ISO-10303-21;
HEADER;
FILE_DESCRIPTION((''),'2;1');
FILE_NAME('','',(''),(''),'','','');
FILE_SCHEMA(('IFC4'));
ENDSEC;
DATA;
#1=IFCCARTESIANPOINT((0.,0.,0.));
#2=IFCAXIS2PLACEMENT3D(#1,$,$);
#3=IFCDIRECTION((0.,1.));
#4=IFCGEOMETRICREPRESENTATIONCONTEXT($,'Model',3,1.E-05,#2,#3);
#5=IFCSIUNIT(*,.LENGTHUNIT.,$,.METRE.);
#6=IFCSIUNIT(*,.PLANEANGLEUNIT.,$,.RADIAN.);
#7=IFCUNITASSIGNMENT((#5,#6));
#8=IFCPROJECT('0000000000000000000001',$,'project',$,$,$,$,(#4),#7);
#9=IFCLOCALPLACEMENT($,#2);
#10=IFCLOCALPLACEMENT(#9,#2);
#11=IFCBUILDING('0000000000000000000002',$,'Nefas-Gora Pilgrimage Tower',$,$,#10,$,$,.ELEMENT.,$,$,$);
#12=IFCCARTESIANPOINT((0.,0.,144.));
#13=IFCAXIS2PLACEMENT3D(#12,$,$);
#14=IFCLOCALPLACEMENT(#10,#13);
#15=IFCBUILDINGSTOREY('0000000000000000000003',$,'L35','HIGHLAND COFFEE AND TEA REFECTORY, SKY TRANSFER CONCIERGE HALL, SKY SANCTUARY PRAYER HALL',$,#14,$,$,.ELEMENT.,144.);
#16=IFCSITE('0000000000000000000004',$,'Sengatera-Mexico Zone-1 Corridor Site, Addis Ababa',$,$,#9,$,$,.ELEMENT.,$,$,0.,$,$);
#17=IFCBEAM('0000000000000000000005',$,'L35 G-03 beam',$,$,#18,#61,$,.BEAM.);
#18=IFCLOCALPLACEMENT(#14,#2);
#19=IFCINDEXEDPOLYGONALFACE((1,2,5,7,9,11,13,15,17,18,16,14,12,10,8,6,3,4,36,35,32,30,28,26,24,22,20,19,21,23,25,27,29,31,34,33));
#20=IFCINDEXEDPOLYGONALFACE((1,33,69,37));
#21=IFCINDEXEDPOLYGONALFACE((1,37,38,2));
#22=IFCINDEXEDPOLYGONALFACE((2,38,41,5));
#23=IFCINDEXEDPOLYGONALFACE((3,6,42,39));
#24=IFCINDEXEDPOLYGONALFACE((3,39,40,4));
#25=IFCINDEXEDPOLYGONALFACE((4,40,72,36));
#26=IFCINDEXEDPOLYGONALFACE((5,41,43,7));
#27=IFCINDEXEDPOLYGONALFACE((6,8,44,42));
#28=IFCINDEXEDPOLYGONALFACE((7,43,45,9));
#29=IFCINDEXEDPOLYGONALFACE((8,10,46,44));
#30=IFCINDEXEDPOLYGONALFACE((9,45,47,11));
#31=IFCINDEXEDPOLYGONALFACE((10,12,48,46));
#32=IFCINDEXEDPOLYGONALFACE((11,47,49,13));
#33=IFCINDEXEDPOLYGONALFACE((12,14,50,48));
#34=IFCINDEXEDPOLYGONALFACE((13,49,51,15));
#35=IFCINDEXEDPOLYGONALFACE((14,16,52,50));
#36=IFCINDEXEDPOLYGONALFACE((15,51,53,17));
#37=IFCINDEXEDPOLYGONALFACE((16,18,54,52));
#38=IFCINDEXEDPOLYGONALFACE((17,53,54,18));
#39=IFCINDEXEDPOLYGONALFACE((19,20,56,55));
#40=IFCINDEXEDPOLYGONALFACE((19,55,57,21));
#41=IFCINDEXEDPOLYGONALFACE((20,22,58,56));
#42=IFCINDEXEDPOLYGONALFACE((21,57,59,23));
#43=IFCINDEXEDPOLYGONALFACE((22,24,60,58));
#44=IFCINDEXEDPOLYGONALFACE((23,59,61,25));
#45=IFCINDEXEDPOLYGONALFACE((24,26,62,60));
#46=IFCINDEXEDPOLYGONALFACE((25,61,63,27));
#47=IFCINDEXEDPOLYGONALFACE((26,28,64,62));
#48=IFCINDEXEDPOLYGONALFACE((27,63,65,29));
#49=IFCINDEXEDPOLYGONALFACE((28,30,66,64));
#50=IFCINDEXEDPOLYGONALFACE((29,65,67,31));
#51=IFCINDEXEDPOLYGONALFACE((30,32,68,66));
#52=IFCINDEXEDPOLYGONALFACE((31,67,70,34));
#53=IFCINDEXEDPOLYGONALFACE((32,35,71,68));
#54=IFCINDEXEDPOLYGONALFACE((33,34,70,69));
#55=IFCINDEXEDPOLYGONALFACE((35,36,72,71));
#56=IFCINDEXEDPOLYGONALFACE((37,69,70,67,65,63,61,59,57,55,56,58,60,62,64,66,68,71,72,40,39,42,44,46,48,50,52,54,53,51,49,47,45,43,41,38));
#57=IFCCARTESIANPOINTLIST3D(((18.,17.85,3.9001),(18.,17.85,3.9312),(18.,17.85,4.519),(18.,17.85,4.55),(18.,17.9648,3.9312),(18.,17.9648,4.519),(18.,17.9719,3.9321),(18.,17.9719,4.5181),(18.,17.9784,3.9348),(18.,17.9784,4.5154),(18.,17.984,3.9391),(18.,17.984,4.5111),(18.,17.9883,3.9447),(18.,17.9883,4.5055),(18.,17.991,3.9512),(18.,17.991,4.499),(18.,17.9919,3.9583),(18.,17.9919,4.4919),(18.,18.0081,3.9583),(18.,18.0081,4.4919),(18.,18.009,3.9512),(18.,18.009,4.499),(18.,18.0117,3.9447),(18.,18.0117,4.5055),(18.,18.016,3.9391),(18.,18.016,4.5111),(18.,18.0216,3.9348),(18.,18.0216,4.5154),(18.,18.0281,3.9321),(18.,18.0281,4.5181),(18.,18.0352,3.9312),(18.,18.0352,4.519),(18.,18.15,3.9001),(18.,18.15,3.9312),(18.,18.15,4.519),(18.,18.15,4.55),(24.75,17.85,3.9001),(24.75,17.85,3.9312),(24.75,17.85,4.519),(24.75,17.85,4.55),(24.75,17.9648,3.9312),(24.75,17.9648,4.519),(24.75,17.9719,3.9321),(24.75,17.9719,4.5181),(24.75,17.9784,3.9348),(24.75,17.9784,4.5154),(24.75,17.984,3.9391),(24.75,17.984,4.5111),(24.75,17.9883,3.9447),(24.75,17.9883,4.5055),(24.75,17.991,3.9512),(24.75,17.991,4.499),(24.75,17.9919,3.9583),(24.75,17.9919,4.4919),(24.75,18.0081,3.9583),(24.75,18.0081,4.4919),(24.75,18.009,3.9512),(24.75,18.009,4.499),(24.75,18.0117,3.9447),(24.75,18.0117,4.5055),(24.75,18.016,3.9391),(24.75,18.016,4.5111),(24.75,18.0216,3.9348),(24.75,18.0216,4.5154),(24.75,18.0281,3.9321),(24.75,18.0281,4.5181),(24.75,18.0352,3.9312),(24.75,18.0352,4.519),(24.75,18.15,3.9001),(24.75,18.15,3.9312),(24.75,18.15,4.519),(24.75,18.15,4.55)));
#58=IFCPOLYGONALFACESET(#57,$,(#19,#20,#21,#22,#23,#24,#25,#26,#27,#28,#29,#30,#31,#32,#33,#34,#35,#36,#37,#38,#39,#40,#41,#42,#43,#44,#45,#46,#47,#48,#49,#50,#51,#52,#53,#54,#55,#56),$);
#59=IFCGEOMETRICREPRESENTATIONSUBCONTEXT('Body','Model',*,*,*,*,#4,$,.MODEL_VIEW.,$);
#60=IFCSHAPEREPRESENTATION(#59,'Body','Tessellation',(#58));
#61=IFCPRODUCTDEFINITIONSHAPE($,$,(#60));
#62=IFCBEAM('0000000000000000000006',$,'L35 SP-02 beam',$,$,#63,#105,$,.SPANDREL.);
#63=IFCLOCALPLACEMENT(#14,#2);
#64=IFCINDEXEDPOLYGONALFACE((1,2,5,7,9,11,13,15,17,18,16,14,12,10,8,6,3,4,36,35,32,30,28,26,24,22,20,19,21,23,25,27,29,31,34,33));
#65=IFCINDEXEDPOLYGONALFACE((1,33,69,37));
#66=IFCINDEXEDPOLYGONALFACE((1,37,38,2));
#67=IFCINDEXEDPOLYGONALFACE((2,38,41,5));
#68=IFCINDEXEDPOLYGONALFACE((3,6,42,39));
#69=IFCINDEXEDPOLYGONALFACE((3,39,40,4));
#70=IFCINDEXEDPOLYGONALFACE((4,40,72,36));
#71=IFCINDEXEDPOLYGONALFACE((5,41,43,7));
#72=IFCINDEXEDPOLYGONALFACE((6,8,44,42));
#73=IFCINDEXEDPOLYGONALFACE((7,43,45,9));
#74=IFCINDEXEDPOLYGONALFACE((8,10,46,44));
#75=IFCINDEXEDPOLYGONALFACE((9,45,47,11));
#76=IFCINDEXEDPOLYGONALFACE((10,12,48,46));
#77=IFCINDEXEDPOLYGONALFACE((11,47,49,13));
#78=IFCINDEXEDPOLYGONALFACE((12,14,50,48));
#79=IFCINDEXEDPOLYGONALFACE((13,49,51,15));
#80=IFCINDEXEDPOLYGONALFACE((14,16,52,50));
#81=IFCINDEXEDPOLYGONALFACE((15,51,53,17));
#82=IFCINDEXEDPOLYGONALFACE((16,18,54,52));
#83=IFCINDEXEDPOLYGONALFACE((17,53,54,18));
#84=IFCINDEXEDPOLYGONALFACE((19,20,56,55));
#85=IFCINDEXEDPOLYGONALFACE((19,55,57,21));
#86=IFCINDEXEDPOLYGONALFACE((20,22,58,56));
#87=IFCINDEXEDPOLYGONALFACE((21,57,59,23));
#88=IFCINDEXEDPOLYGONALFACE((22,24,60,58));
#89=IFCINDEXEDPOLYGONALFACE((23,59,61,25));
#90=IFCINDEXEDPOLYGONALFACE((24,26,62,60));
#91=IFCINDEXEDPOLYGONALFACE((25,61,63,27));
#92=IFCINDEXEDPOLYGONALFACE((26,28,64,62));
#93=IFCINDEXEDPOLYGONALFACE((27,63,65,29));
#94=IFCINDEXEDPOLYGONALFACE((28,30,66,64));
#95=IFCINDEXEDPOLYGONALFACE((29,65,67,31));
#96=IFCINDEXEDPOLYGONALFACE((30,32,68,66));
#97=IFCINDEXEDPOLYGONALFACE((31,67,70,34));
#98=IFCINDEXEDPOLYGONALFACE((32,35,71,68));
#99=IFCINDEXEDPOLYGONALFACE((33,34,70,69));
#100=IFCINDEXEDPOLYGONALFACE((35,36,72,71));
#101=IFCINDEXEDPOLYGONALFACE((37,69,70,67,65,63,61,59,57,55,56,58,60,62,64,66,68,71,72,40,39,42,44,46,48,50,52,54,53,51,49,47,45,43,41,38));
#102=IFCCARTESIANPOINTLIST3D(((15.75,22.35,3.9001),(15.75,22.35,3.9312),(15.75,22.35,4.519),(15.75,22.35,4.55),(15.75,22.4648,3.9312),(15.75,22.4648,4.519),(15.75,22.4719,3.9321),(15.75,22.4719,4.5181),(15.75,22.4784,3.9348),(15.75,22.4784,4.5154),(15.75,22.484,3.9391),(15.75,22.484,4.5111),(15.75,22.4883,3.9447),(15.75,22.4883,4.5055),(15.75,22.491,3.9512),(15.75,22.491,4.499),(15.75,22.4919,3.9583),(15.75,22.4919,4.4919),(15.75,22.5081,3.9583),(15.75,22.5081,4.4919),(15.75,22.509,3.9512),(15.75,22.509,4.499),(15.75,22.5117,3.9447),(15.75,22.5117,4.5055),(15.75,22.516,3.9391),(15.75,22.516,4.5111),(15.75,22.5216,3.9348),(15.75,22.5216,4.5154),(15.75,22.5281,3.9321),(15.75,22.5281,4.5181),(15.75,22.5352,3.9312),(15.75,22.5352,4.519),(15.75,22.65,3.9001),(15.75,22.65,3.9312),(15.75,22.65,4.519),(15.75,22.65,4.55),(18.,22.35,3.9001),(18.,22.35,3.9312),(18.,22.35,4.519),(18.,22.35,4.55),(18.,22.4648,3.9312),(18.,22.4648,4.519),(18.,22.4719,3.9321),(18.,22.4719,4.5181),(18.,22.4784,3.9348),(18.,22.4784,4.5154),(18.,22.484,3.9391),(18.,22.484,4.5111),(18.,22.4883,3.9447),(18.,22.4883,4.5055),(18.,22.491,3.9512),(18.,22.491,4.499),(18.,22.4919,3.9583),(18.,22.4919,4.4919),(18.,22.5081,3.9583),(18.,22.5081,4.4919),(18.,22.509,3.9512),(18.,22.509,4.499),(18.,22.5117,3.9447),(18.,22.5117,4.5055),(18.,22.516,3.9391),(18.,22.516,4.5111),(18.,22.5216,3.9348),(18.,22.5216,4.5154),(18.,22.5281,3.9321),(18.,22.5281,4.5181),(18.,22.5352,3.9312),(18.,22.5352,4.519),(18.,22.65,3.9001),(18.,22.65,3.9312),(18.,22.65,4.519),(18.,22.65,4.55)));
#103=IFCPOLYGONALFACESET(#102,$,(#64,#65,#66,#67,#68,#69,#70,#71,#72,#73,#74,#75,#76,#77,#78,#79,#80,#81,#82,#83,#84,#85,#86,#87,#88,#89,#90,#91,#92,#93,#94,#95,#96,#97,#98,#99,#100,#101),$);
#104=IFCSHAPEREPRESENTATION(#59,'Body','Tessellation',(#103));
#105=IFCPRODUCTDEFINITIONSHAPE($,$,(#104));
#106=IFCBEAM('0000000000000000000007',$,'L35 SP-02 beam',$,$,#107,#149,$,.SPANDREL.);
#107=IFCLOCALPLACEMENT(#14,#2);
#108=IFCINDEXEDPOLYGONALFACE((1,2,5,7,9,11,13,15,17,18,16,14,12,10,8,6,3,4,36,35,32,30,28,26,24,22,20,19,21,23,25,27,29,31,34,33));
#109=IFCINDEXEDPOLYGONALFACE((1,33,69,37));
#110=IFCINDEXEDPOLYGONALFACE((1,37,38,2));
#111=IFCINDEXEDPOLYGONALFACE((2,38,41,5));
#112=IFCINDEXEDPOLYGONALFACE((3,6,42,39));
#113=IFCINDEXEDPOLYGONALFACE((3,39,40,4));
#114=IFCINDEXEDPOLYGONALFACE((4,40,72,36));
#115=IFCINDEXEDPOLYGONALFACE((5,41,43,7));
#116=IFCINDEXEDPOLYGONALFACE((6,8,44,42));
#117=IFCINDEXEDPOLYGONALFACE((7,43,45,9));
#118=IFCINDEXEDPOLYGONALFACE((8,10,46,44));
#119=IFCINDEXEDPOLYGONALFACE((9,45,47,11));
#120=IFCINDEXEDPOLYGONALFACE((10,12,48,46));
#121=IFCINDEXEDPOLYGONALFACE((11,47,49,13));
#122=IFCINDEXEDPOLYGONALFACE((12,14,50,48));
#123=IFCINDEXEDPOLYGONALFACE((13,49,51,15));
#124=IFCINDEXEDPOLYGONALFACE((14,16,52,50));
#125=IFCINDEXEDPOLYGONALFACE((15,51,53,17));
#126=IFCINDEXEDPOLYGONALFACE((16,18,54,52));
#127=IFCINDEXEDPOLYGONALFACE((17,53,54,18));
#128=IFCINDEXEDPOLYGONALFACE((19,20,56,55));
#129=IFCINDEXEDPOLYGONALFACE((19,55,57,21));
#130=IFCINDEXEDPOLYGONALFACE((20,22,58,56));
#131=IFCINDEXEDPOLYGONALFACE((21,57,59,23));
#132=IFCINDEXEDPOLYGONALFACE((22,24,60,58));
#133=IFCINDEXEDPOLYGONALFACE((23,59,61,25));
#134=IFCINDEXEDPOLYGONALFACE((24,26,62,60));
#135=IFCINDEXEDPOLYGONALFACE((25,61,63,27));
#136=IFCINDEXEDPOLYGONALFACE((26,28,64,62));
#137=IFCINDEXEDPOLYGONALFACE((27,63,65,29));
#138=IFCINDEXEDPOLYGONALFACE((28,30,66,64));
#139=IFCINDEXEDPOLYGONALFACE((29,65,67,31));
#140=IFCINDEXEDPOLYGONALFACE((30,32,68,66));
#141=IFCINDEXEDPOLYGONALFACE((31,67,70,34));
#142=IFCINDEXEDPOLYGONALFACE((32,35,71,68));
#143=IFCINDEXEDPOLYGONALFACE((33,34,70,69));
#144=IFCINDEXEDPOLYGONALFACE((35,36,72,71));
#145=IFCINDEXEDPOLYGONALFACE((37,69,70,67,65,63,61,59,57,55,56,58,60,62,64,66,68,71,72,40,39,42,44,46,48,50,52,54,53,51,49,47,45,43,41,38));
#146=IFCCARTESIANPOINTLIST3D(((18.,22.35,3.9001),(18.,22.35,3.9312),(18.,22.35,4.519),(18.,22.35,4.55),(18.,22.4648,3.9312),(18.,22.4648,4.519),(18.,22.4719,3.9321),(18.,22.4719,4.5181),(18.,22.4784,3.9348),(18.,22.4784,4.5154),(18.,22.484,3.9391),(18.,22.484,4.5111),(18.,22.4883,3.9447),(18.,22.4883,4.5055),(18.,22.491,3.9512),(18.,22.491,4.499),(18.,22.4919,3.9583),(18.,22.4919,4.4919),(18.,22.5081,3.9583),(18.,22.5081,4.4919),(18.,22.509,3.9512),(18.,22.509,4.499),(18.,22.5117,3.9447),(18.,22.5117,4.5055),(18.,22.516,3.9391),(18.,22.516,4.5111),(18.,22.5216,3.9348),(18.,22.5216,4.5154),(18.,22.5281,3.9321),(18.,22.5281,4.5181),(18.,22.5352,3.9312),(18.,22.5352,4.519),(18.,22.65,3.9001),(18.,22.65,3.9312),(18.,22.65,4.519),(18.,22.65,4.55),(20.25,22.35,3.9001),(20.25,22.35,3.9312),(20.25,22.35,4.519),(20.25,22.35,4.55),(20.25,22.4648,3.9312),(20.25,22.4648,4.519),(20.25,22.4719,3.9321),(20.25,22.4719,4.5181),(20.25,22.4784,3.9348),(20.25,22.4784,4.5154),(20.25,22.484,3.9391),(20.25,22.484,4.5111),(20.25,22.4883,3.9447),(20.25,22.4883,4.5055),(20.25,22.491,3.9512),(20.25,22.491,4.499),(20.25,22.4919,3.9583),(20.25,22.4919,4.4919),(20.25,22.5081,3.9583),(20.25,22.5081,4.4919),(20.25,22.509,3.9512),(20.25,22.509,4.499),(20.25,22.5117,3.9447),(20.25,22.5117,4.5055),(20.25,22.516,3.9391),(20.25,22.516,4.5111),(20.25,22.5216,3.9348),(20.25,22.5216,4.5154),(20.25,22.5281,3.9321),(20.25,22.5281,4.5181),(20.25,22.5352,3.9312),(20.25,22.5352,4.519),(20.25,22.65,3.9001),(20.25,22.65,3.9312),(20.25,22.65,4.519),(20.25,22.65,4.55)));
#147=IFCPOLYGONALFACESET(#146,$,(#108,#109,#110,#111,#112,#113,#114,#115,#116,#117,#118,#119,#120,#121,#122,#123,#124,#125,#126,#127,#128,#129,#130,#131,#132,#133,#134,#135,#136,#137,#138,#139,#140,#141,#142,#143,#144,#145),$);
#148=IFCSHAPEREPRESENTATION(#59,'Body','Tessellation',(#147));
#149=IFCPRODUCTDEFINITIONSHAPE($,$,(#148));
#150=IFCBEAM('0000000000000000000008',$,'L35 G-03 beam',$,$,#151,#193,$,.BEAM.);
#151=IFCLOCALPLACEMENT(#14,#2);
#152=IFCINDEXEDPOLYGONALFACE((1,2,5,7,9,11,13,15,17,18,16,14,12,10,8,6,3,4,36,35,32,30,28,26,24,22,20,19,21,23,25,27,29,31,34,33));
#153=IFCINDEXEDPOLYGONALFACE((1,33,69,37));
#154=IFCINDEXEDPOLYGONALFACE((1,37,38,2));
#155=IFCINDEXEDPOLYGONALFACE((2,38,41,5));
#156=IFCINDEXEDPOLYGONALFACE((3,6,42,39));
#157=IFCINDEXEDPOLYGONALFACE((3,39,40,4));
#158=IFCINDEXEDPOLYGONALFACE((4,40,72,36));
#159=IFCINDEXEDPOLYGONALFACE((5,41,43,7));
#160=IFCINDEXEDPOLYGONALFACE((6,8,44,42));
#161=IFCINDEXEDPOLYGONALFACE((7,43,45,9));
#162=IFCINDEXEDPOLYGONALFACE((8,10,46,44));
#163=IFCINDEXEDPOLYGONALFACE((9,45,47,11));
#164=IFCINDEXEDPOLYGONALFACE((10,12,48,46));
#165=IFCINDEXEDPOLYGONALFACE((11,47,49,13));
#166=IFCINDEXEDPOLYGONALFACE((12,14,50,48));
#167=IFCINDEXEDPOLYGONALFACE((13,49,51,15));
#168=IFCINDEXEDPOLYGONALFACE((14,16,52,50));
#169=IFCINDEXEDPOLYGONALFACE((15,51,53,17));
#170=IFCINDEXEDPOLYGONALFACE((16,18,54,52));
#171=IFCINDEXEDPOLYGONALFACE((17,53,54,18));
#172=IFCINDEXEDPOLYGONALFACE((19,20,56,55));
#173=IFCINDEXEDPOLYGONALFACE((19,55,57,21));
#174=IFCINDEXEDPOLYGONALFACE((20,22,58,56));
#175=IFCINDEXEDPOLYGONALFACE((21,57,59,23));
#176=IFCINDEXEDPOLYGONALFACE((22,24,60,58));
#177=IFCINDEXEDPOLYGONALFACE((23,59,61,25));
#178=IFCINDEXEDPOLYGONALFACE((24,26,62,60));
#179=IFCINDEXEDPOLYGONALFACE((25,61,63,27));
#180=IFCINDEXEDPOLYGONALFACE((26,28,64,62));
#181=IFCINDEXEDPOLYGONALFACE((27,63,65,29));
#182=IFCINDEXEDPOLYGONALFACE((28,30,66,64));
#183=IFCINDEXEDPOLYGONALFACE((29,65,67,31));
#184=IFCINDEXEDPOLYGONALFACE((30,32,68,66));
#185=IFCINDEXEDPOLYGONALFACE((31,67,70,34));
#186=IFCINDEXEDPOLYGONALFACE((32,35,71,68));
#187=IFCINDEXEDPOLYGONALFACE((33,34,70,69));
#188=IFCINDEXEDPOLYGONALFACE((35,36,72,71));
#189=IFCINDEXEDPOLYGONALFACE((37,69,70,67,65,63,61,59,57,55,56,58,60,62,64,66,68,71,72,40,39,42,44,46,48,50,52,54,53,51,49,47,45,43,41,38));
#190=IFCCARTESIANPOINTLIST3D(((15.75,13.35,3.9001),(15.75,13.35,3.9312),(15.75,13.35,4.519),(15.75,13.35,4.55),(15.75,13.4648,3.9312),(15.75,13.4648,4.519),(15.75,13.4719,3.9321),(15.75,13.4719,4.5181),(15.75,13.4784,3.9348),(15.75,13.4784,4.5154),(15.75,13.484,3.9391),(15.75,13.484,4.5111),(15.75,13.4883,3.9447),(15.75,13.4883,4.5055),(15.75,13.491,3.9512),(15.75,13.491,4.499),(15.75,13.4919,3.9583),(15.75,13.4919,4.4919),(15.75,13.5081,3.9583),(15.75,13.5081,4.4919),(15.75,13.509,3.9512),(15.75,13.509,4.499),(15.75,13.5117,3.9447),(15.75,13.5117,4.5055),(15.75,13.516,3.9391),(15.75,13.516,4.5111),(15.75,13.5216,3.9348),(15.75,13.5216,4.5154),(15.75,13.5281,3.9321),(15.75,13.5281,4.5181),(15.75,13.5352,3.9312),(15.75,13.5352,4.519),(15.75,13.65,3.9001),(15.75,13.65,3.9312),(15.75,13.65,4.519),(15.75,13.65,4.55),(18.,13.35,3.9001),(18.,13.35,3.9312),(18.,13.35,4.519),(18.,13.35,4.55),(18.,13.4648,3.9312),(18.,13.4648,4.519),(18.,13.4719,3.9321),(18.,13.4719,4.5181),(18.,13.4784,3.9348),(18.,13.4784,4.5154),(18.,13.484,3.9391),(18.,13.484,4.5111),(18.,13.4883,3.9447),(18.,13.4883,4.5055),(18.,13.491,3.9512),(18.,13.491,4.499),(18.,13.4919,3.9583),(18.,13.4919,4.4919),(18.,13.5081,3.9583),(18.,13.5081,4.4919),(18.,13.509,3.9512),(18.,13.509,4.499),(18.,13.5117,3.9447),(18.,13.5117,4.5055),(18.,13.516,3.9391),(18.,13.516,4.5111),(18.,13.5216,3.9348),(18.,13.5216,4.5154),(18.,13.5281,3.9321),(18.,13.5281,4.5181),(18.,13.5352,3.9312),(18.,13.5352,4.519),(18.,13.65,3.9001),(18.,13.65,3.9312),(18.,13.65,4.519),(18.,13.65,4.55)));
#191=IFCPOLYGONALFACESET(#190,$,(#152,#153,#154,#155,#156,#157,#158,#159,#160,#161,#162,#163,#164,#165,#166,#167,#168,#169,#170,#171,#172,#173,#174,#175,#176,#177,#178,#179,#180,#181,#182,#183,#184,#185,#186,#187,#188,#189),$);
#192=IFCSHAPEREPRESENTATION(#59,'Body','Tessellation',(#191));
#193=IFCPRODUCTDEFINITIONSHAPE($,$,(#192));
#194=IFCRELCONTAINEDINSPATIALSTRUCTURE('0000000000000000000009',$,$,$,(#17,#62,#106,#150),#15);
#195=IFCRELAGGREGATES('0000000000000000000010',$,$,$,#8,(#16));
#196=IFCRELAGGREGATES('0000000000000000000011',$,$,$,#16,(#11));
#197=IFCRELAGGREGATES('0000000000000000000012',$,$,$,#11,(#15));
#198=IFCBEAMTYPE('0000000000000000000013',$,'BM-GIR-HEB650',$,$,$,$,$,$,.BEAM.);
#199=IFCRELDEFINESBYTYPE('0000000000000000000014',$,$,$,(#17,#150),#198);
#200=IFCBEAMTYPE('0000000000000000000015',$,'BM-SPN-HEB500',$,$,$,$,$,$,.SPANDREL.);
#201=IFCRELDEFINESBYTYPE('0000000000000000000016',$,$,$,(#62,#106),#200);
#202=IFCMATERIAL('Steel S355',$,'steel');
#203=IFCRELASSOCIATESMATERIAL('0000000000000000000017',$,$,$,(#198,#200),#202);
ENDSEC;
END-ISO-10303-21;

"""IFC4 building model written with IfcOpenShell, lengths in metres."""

from ifc_helpers import new_model, si_unit, direction, frame, origin, origin_2d, place, context, subcontext, project, spatial, i_section, extrude, source, transform, mapped, material, material_profile, profile_set, type_object, element, save


model = new_model("IFC4")

# Units and contexts
model_context = context("Model", 3, precision=1e-05, world=origin(), true_north=direction((0.0, 1.0)))
body_context = subcontext(model_context, "Body", "Model", "MODEL_VIEW")
ifc_project = project(units=[si_unit("LENGTHUNIT", "METRE"), si_unit("PLANEANGLEUNIT", "RADIAN")], contexts=[model_context])

# Site, building, storey
site_placement = place(None, origin())
site = spatial("IfcSite", under=ifc_project, at=site_placement, Name="Sengatera-Mexico Zone-1 Corridor Site, Addis Ababa", CompositionType="ELEMENT", RefElevation=0.0)
building_placement = place(site_placement, origin())
building = spatial("IfcBuilding", under=site, at=building_placement, Name="Nefas-Gora Pilgrimage Tower", CompositionType="ELEMENT")
storey_placement = place(building_placement, frame((0.0, 0.0, 144.0)))
storey = spatial("IfcBuildingStorey", under=building, at=storey_placement, Name="L35", Description="HIGHLAND COFFEE AND TEA REFECTORY, SKY TRANSFER CONCIERGE HALL, SKY SANCTUARY PRAYER HALL", CompositionType="ELEMENT", Elevation=144.0)

# Beams
ifc_material_1 = material(Name="Steel S355", Category="steel")
ifc_material_profile_1 = material_profile(ifc_material_1, i_section(OverallWidth=0.3, OverallDepth=0.6499, WebThickness=0.0161, FlangeThickness=0.031, FilletRadius=0.0271, at=origin_2d()), Name="HEB 650")
ifc_profile_set_1 = profile_set([ifc_material_profile_1], Name="Steel S355")
beam_type_1 = type_object("IfcBeamType", Name="BM-GIR-HEB650", PredefinedType="BEAM", material=ifc_profile_set_1)
shared_shape_1 = source(origin(), body_context, "Body", "SweptSolid", [
    extrude(i_section(OverallWidth=0.3, OverallDepth=0.6499, WebThickness=0.0161, FlangeThickness=0.031, FilletRadius=0.0271, at=origin_2d()), origin(), (0.0, 0.0, 1.0), 6.75),
])
for number, where, z_axis, x_axis, name in (
    (1, (18.0, 18.0, 4.2251), (1.0, 0.0, 0.0), (0.0, 1.0, 0.0), "L35 G-03 beam"),
):
    element("IfcBeam", number, at=place(storey_placement, frame(where, z_axis=z_axis, x_axis=x_axis)), inside=storey, type_object=beam_type_1, Name=name, PredefinedType="BEAM", context=body_context, shape_type="MappedRepresentation", body=[
        mapped(shared_shape_1, transform((0.0, 0.0, 0.0), x_axis=(1.0, 0.0, 0.0), y_axis=(0.0, 1.0, 0.0), z_axis=(0.0, 0.0, 1.0), scale=1.0)),
    ])
ifc_material_profile_2 = material_profile(ifc_material_1, i_section(OverallWidth=0.3, OverallDepth=0.6499, WebThickness=0.0161, FlangeThickness=0.031, FilletRadius=0.0271, at=origin_2d()), Name="HEB 650")
ifc_profile_set_2 = profile_set([ifc_material_profile_2], Name="Steel S355")
beam_type_2 = type_object("IfcBeamType", Name="BM-SPN-HEB500", PredefinedType="SPANDREL", material=ifc_profile_set_2)
shared_shape_2 = source(origin(), body_context, "Body", "SweptSolid", [
    extrude(i_section(OverallWidth=0.3, OverallDepth=0.6499, WebThickness=0.0161, FlangeThickness=0.031, FilletRadius=0.0271, at=origin_2d()), origin(), (0.0, 0.0, 1.0), 2.25),
])
for number, where, z_axis, x_axis, name in (
    (2, (15.75, 22.5, 4.2251), (1.0, 0.0, 0.0), (0.0, 1.0, 0.0), "L35 SP-02 beam"),
    (3, (18.0, 22.5, 4.2251), (1.0, 0.0, 0.0), (0.0, 1.0, 0.0), "L35 SP-02 beam"),
):
    element("IfcBeam", number, at=place(storey_placement, frame(where, z_axis=z_axis, x_axis=x_axis)), inside=storey, type_object=beam_type_2, Name=name, PredefinedType="SPANDREL", context=body_context, shape_type="MappedRepresentation", body=[
        mapped(shared_shape_2, transform((0.0, 0.0, 0.0), x_axis=(1.0, 0.0, 0.0), y_axis=(0.0, 1.0, 0.0), z_axis=(0.0, 0.0, 1.0), scale=1.0)),
    ])
shared_shape_3 = source(origin(), body_context, "Body", "SweptSolid", [
    extrude(i_section(OverallWidth=0.3, OverallDepth=0.6499, WebThickness=0.0161, FlangeThickness=0.031, FilletRadius=0.0271, at=origin_2d()), origin(), (0.0, 0.0, 1.0), 2.25),
])
beam_1_placement = place(storey_placement, frame((15.75, 13.5, 4.2251), z_axis=(1.0, 0.0, 0.0), x_axis=(0.0, 1.0, 0.0)))
element("IfcBeam", 4, at=beam_1_placement, inside=storey, type_object=beam_type_1, Name="L35 G-03 beam", PredefinedType="BEAM", context=body_context, shape_type="MappedRepresentation", body=[
    mapped(shared_shape_3, transform((0.0, 0.0, 0.0), x_axis=(1.0, 0.0, 0.0), y_axis=(0.0, 1.0, 0.0), z_axis=(0.0, 0.0, 1.0), scale=1.0)),
])

save(model, "model.ifc")
